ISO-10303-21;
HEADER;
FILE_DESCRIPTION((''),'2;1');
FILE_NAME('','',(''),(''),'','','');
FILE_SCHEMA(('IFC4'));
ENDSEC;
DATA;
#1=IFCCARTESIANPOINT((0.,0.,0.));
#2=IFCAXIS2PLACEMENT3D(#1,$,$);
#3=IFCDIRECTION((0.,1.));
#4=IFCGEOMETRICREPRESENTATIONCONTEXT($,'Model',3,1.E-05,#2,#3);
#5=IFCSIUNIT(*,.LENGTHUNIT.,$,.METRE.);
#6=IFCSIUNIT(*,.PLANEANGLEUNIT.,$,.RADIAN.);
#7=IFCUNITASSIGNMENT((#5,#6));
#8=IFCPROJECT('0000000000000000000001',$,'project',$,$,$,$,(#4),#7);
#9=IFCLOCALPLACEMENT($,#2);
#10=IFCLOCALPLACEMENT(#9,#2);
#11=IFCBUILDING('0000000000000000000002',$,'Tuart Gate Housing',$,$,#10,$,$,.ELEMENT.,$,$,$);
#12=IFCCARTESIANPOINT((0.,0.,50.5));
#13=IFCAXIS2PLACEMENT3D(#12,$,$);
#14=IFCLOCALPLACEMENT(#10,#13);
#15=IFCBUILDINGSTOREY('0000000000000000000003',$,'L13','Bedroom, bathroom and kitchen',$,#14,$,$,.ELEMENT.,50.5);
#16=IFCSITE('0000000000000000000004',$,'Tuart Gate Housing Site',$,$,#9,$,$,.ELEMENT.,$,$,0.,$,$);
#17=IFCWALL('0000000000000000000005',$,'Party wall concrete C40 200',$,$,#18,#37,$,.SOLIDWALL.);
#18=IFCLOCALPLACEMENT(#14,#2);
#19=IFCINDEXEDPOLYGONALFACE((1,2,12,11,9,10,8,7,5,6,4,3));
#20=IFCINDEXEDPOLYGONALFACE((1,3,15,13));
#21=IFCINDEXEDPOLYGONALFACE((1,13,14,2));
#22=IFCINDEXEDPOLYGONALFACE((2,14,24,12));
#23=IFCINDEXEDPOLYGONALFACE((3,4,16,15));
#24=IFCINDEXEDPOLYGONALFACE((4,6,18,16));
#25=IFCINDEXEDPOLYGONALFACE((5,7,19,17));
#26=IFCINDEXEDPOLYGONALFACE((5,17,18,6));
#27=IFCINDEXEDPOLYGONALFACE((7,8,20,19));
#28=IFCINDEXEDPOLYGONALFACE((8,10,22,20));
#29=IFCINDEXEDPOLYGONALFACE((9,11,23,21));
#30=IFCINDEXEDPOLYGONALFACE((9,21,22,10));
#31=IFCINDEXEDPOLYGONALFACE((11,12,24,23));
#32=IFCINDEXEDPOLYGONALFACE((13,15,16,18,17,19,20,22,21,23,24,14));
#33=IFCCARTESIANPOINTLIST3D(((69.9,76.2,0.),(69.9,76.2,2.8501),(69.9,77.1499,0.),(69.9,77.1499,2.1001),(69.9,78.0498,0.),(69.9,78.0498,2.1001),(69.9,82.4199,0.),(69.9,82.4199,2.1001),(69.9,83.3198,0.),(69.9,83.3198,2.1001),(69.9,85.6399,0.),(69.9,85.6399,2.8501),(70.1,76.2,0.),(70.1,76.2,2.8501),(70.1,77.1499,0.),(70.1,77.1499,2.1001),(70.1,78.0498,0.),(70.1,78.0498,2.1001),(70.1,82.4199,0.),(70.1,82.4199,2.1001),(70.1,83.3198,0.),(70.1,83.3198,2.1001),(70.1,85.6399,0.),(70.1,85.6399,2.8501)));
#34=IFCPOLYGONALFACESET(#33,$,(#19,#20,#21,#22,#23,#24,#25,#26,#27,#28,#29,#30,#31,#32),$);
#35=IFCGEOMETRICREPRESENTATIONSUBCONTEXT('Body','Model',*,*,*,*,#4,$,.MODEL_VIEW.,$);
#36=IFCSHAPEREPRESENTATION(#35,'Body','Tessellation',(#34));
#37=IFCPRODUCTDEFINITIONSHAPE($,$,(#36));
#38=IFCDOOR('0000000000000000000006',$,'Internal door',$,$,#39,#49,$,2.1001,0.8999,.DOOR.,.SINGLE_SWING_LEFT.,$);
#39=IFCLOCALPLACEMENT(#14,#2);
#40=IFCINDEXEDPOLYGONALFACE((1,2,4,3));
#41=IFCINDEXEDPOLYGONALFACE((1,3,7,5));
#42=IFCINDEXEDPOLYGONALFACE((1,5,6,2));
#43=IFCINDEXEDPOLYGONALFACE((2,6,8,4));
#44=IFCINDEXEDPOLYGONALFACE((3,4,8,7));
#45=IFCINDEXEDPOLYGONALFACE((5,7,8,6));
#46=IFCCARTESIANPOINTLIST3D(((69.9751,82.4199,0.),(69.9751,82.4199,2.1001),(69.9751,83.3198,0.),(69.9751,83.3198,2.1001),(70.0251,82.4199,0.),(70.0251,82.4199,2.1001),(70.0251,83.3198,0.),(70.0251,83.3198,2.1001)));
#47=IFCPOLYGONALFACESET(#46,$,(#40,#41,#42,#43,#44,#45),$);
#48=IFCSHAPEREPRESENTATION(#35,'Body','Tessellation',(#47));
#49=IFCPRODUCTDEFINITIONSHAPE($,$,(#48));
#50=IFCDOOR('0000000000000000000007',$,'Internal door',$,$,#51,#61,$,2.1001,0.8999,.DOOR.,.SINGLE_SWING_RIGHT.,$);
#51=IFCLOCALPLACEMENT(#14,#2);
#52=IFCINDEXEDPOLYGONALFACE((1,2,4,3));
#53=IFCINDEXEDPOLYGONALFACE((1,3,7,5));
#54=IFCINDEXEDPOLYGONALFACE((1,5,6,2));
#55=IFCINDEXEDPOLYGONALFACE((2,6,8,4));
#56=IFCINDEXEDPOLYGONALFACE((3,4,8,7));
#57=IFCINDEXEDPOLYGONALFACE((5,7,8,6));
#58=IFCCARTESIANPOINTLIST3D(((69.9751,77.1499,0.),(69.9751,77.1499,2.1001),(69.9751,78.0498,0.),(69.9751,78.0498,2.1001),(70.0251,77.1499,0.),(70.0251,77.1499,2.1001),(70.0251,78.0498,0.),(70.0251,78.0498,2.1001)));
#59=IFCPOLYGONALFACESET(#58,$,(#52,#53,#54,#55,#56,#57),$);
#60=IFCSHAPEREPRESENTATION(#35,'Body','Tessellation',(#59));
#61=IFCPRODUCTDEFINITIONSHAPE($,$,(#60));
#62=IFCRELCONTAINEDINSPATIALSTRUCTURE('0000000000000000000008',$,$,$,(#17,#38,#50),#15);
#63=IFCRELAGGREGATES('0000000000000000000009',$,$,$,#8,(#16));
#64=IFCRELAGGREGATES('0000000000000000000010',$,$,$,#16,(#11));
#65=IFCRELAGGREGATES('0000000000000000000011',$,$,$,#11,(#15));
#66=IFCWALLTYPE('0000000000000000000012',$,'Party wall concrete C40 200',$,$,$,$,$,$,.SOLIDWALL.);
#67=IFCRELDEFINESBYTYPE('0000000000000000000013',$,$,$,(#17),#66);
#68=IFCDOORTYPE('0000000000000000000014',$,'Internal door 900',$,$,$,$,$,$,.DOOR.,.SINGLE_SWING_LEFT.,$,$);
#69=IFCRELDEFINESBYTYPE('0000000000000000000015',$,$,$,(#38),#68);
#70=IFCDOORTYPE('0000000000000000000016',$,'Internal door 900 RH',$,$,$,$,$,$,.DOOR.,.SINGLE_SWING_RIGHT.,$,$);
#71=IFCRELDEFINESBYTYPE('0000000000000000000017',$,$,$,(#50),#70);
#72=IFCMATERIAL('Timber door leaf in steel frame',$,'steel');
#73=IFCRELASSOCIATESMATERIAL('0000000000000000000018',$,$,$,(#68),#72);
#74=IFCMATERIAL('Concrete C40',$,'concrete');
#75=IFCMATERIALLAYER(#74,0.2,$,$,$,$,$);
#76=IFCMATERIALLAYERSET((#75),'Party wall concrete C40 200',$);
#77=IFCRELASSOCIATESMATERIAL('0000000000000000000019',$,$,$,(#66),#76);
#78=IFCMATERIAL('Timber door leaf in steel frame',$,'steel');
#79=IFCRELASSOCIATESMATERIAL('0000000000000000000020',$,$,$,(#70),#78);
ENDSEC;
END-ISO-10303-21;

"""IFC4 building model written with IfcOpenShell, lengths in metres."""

from ifc_helpers import new_model, si_unit, direction, frame, frame_2d, origin, place, context, subcontext, project, spatial, rectangle, extrude, material, layer, layer_set, type_object, element, fill, save


model = new_model("IFC4")

# Units and contexts
model_context = context("Model", 3, precision=1e-05, world=origin(), true_north=direction((0.0, 1.0)))
body_context = subcontext(model_context, "Body", "Model", "MODEL_VIEW")
ifc_project = project(units=[si_unit("LENGTHUNIT", "METRE"), si_unit("PLANEANGLEUNIT", "RADIAN")], contexts=[model_context])

# Site, building, storey
site_placement = place(None, origin())
site = spatial("IfcSite", under=ifc_project, at=site_placement, Name="Tuart Gate Housing Site", CompositionType="ELEMENT", RefElevation=0.0)
building_placement = place(site_placement, origin())
building = spatial("IfcBuilding", under=site, at=building_placement, Name="Tuart Gate Housing", CompositionType="ELEMENT")
storey_placement = place(building_placement, frame((0.0, 0.0, 50.5)))
storey = spatial("IfcBuildingStorey", under=building, at=storey_placement, Name="L13", Description="Bedroom, bathroom and kitchen", CompositionType="ELEMENT", Elevation=50.5)

# Shared definitions
ifc_material_1 = material(Name="Timber door leaf in steel frame", Category="steel")
door_type_1 = type_object("IfcDoorType", Name="Internal door 900", OperationType="SINGLE_SWING_LEFT", PredefinedType="DOOR", material=ifc_material_1)

# Shared definitions
ifc_material_2 = material(Name="Concrete C40", Category="concrete")
ifc_layer_1 = layer(ifc_material_2, 0.2)
ifc_layer_set_1 = layer_set([ifc_layer_1], Name="Party wall concrete C40 200")
wall_type_1 = type_object("IfcWallType", Name="Party wall concrete C40 200", PredefinedType="SOLIDWALL", material=ifc_layer_set_1)

# Wall, openings, doors
wall_1_placement = place(storey_placement, frame((70.0, 76.2, 0.0), z_axis=(0.0, 0.0, 1.0), x_axis=(0.0, 1.0, 0.0)))
wall_1 = element("IfcWall", 1, at=wall_1_placement, inside=storey, type_object=wall_type_1, Name="Party wall concrete C40 200", PredefinedType="SOLIDWALL", context=body_context, shape_type="SweptSolid", body=[
    extrude(rectangle(XDim=9.4399, YDim=0.2, at=frame_2d((4.72, 0.0))), origin(), (0.0, 0.0, 1.0), 2.8501),
])
opening_1_placement = place(wall_1_placement, frame((6.22, 0.0, 0.0)))
opening_1 = element("IfcOpeningElement", 2, at=opening_1_placement, cuts=wall_1, PredefinedType="OPENING", context=body_context, shape_type="SweptSolid", body=[
    extrude(rectangle(XDim=0.8999, YDim=2.1001, at=frame_2d((0.45, 1.05))), frame((0.0, 0.1099, 0.0), z_axis=(0.0, -1.0, 0.0), x_axis=(1.0, 0.0, 0.0)), (0.0, 0.0, 1.0), 0.22),
])
opening_2_placement = place(wall_1_placement, frame((0.95, 0.0, 0.0)))
opening_2 = element("IfcOpeningElement", 3, at=opening_2_placement, cuts=wall_1, PredefinedType="OPENING", context=body_context, shape_type="SweptSolid", body=[
    extrude(rectangle(XDim=0.8999, YDim=2.1001, at=frame_2d((0.45, 1.05))), frame((0.0, 0.1099, 0.0), z_axis=(0.0, -1.0, 0.0), x_axis=(1.0, 0.0, 0.0)), (0.0, 0.0, 1.0), 0.22),
])
door_1_placement = place(opening_1_placement, frame((0.8999, 0.0, 0.0), z_axis=(0.0, 0.0, 1.0), x_axis=(-1.0, 0.0, 0.0)))
door_1 = element("IfcDoor", 4, at=door_1_placement, inside=storey, type_object=door_type_1, Name="Internal door", OperationType="SINGLE_SWING_LEFT", OverallHeight=2.1001, OverallWidth=0.8999, PredefinedType="DOOR", context=body_context, shape_type="SweptSolid", body=[
    extrude(rectangle(XDim=0.8999, YDim=2.1001, at=frame_2d((0.45, 1.05))), frame((0.0, 0.0251, 0.0), z_axis=(0.0, -1.0, 0.0), x_axis=(1.0, 0.0, 0.0)), (0.0, 0.0, 1.0), 0.05),
])
fill(opening_1, door_1)
ifc_material_3 = material(Name="Timber door leaf in steel frame", Category="steel")
door_type_2 = type_object("IfcDoorType", Name="Internal door 900 RH", OperationType="SINGLE_SWING_RIGHT", PredefinedType="DOOR", material=ifc_material_3)
door_2_placement = place(opening_2_placement, frame((0.8999, 0.0, 0.0), z_axis=(0.0, 0.0, 1.0), x_axis=(-1.0, 0.0, 0.0)))
door_2 = element("IfcDoor", 5, at=door_2_placement, inside=storey, type_object=door_type_2, Name="Internal door", OperationType="SINGLE_SWING_RIGHT", OverallHeight=2.1001, OverallWidth=0.8999, PredefinedType="DOOR", context=body_context, shape_type="SweptSolid", body=[
    extrude(rectangle(XDim=0.8999, YDim=2.1001, at=frame_2d((0.45, 1.05))), frame((0.0, 0.0251, 0.0), z_axis=(0.0, -1.0, 0.0), x_axis=(1.0, 0.0, 0.0)), (0.0, 0.0, 1.0), 0.05),
])
fill(opening_2, door_2)

save(model, "model.ifc")
